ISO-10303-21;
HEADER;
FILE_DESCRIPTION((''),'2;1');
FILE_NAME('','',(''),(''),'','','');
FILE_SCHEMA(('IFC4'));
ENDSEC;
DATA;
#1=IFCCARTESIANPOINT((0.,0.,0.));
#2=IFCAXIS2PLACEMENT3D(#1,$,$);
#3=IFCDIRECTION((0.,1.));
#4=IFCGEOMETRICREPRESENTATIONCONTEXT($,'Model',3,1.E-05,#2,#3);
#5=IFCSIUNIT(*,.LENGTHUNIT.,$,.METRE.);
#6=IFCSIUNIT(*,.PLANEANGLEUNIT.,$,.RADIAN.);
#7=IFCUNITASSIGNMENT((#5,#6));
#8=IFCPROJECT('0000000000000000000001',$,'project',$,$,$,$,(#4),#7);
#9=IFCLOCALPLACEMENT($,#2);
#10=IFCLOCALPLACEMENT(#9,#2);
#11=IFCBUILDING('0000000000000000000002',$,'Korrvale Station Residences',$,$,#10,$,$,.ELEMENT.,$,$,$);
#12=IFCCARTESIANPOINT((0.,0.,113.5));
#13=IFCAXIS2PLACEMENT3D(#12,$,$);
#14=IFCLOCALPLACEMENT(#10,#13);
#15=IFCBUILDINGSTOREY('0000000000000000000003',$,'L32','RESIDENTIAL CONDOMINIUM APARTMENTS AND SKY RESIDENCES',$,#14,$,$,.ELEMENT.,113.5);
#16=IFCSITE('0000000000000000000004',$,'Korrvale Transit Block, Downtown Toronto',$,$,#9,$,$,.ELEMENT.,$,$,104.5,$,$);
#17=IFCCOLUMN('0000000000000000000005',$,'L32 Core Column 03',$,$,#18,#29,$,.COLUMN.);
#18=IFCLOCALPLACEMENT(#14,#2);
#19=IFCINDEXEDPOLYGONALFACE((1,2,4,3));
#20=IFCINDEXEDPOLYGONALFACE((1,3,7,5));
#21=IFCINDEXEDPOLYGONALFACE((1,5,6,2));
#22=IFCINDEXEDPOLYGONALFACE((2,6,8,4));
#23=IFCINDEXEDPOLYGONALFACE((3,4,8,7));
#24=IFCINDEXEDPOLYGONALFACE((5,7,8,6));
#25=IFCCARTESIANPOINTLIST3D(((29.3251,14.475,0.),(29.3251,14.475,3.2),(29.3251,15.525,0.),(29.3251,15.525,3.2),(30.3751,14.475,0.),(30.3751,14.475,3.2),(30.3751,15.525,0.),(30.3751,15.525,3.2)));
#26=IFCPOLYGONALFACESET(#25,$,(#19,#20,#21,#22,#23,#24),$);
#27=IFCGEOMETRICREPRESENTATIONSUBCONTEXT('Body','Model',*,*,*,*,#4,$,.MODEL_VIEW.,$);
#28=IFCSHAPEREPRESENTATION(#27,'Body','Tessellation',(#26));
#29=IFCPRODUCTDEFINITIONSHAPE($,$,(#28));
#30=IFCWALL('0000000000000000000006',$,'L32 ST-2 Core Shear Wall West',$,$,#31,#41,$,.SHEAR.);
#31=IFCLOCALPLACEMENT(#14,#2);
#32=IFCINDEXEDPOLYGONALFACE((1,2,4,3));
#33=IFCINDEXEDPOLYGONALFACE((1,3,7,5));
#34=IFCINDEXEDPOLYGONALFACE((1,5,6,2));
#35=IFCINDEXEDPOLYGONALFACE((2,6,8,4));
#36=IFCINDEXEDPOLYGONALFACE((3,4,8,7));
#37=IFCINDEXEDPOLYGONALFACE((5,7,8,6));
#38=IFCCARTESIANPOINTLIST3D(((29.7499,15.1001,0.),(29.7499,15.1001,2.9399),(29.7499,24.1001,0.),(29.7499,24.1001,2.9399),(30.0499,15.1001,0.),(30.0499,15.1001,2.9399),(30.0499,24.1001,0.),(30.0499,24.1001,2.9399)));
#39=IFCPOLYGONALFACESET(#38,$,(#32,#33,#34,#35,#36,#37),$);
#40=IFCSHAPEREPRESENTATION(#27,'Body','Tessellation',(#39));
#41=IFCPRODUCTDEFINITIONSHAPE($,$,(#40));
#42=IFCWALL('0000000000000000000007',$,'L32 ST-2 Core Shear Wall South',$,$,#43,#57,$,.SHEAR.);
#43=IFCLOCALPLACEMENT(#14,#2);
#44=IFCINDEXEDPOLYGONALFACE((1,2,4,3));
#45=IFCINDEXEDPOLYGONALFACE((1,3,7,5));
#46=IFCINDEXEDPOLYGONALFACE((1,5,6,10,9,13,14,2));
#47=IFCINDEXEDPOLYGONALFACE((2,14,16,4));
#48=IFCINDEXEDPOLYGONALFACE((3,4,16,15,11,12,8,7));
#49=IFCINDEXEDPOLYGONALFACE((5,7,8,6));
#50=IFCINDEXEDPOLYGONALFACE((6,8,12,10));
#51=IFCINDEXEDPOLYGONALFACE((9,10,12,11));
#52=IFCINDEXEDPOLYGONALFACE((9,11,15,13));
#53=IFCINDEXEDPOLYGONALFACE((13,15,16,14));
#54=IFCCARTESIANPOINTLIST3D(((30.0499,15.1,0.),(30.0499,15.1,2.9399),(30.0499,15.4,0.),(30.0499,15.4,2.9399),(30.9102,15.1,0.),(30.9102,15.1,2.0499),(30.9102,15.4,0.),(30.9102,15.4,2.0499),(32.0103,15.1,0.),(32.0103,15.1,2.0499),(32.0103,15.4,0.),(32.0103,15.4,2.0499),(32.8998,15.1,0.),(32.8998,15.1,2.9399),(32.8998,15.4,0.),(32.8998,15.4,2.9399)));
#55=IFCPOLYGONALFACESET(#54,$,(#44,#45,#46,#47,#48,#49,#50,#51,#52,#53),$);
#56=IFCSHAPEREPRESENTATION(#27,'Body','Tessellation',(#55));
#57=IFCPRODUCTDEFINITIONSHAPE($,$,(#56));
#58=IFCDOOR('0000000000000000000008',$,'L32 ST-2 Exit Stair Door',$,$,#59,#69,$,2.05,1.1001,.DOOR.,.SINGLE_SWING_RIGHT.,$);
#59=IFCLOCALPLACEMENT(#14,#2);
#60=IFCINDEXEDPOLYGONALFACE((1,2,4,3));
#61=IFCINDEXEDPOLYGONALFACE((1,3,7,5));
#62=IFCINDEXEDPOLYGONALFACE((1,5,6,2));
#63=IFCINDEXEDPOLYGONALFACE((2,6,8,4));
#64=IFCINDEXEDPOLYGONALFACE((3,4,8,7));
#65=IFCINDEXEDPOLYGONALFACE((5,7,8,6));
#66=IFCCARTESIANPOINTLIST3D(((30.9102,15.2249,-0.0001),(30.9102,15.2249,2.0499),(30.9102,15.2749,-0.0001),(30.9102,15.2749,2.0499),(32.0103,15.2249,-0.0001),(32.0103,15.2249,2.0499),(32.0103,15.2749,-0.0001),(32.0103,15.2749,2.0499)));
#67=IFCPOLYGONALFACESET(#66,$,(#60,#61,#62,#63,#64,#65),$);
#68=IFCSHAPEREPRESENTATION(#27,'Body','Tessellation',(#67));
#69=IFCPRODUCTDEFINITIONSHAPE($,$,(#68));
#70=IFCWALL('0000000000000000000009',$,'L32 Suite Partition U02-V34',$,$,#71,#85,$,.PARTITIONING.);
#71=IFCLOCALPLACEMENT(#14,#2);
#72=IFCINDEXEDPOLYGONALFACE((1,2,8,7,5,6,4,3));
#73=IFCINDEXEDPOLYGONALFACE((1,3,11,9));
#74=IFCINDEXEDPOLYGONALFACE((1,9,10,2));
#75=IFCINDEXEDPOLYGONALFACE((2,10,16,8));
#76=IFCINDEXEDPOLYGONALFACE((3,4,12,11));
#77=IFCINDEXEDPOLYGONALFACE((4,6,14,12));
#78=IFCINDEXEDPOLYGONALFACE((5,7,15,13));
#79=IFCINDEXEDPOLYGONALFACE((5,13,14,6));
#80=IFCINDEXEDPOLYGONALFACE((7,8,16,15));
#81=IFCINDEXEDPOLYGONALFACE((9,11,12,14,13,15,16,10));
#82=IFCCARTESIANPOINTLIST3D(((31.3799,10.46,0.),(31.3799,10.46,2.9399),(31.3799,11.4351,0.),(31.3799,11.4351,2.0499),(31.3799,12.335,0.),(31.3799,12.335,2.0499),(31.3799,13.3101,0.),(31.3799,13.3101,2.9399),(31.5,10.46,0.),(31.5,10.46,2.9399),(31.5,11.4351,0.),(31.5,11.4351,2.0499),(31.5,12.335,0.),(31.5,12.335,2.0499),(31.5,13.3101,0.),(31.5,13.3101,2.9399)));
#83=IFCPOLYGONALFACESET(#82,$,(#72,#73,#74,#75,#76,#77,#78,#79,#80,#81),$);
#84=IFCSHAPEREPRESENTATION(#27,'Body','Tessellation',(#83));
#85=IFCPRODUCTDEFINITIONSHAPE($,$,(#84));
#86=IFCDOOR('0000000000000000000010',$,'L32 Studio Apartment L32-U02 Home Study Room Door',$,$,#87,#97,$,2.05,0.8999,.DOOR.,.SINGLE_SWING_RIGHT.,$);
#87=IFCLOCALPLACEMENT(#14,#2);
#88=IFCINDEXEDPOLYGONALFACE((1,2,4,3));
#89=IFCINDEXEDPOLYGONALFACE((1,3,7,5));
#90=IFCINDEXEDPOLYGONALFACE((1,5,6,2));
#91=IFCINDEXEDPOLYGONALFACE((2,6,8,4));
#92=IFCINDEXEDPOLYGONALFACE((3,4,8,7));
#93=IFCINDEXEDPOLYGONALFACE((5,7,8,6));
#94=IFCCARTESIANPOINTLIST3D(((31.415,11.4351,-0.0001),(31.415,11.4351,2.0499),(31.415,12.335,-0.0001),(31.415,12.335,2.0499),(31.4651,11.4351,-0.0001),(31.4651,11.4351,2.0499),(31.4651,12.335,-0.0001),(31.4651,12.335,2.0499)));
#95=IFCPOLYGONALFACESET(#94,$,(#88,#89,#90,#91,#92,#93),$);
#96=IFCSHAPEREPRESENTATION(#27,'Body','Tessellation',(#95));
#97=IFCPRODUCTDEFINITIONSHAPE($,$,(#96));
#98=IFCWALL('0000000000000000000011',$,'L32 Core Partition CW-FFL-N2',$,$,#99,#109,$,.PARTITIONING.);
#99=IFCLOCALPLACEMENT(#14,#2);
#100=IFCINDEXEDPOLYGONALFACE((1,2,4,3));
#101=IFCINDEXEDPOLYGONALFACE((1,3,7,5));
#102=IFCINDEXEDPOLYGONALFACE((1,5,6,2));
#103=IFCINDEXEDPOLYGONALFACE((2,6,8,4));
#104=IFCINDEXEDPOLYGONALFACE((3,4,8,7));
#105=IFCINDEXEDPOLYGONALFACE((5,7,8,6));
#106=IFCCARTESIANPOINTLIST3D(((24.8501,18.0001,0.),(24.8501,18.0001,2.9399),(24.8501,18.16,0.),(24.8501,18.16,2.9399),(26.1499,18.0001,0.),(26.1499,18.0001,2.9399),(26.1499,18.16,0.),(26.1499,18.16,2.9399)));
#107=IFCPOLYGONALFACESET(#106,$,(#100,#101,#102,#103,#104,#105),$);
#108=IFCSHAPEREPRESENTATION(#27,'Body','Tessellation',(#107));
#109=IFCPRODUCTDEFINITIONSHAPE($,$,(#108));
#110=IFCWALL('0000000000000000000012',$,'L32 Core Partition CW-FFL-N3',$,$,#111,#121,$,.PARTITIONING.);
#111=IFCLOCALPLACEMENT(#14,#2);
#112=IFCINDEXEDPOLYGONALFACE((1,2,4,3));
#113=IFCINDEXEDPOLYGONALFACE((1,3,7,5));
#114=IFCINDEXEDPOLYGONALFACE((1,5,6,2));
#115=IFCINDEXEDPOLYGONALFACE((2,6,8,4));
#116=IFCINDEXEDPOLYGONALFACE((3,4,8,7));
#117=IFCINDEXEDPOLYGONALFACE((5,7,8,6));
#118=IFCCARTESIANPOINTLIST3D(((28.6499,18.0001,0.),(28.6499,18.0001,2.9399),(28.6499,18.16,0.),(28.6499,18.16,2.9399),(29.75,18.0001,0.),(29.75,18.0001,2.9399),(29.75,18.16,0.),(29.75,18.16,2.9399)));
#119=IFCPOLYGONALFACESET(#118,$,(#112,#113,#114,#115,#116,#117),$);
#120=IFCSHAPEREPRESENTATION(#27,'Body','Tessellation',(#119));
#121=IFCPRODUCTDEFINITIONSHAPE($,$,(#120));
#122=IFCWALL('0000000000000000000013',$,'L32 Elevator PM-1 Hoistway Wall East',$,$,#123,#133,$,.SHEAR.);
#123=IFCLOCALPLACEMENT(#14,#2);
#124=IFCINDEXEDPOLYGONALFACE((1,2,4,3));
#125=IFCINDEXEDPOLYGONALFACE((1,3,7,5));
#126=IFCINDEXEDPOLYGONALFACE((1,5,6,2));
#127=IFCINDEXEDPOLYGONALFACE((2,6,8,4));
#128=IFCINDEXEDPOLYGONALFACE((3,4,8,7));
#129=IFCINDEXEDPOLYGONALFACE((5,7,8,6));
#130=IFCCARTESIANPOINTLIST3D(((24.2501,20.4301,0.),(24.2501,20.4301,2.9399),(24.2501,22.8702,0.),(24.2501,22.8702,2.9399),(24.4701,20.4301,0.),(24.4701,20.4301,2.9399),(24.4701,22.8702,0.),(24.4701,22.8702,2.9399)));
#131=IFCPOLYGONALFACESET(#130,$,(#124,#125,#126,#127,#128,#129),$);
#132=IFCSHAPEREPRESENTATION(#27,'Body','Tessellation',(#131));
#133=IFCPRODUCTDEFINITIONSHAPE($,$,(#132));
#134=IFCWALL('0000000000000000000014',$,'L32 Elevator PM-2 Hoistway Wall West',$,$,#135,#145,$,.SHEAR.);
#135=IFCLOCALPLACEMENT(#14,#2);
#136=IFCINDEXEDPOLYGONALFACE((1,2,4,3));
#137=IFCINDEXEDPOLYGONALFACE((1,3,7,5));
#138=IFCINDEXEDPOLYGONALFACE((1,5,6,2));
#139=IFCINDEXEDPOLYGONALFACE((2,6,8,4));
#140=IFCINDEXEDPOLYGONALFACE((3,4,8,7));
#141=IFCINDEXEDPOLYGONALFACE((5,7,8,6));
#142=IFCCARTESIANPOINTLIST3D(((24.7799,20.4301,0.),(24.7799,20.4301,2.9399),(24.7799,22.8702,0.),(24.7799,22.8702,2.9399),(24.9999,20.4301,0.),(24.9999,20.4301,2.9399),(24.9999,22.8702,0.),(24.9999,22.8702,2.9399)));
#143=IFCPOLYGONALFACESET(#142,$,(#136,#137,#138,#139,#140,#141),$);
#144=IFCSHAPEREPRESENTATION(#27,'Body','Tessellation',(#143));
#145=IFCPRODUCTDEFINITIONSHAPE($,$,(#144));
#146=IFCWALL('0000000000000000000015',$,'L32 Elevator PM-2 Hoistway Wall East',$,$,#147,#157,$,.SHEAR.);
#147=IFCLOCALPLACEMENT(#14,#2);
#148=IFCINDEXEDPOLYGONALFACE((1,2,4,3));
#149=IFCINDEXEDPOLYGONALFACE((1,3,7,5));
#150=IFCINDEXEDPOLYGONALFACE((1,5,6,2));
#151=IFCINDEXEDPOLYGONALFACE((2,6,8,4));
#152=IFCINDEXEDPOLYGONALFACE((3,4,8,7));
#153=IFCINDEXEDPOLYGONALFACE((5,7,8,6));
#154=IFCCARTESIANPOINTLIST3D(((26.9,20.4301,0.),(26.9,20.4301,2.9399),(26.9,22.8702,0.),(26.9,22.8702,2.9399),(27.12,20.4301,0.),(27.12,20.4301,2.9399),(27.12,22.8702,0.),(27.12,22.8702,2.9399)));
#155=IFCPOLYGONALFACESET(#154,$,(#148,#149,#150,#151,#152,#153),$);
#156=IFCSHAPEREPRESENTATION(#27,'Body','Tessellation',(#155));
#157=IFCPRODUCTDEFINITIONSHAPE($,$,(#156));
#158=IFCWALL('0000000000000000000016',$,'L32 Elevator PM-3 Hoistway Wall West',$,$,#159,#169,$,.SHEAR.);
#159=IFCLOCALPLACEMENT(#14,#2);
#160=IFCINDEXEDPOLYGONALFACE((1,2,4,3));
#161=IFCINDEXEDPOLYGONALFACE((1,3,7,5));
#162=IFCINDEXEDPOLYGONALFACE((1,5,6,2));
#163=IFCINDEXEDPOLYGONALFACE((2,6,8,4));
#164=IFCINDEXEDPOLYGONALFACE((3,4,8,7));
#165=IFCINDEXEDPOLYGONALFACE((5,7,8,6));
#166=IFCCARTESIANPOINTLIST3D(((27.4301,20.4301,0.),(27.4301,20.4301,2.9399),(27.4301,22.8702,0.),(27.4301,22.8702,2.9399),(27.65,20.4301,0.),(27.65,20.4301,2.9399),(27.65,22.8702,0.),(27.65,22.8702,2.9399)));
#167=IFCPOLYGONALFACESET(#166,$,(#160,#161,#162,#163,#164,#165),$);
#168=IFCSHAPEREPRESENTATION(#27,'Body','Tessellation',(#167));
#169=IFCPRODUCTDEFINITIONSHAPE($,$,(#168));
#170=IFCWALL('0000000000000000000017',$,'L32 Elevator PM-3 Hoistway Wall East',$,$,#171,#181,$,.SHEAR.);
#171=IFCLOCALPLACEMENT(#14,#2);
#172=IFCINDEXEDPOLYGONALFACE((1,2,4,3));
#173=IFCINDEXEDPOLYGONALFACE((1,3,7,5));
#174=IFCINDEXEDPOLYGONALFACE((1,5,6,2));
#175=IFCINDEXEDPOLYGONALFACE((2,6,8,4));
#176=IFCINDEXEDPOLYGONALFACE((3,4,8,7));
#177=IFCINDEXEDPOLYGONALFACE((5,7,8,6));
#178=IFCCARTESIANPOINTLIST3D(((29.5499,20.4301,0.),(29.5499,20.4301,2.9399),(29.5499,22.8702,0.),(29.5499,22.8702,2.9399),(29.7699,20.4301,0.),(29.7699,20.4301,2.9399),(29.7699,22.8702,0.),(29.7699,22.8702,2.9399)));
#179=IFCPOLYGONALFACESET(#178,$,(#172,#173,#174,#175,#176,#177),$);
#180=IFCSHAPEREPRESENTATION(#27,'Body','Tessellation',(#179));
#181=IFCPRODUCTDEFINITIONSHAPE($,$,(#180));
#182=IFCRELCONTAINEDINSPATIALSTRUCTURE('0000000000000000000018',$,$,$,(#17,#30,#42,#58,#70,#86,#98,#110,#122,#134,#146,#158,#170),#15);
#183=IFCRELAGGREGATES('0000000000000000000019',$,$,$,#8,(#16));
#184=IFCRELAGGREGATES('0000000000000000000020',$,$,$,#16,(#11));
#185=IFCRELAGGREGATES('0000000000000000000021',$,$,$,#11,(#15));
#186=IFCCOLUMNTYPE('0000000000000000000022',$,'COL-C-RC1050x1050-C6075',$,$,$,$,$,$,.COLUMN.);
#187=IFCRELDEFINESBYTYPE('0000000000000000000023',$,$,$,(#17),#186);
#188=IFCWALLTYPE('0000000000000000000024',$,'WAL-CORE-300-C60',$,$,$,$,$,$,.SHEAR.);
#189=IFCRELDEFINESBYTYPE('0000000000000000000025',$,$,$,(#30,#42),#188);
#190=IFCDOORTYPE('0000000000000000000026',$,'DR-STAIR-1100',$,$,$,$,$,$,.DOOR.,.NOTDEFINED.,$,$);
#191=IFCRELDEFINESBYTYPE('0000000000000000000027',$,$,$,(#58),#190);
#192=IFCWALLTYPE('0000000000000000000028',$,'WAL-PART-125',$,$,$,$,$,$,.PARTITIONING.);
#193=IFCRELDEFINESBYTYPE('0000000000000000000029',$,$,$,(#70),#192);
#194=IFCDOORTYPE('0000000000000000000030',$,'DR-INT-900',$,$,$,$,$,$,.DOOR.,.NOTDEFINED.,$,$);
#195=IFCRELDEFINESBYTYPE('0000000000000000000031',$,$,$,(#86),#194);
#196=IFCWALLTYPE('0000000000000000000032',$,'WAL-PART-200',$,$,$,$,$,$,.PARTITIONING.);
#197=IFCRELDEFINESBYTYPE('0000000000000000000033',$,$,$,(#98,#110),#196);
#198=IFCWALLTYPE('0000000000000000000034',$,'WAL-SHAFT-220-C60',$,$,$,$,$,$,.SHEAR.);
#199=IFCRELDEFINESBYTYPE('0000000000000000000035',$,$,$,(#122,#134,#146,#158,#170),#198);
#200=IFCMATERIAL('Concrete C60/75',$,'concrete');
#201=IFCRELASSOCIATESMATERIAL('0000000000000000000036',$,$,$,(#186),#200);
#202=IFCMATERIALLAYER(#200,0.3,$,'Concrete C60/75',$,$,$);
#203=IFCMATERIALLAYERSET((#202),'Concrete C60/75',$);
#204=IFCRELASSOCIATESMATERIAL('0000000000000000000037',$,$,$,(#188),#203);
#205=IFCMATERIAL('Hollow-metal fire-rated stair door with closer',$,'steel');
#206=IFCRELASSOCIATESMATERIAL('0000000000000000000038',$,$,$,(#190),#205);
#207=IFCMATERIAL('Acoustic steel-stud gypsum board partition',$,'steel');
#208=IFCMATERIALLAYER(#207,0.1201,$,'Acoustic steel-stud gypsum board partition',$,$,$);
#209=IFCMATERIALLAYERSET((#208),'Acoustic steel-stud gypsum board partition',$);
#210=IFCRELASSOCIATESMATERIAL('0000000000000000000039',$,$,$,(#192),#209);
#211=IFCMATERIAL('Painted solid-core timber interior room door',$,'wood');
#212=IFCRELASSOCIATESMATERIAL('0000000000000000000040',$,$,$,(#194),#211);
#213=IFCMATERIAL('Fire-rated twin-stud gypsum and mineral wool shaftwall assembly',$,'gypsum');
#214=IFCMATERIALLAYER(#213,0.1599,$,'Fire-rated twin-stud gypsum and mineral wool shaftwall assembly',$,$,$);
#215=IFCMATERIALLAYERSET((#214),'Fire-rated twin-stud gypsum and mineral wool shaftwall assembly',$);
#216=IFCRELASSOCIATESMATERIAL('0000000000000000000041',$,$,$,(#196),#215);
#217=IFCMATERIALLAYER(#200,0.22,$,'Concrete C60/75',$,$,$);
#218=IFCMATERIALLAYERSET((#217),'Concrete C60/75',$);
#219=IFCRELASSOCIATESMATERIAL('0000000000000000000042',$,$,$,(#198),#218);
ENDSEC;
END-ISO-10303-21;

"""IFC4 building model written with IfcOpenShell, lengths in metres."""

from ifc_helpers import new_model, si_unit, direction, frame, frame_2d, origin, origin_2d, place, context, subcontext, project, spatial, rectangle, extrude, material, layer, layer_set, material_profile, profile_set, type_object, element, fill, save


model = new_model("IFC4")

# Units and contexts
model_context = context("Model", 3, precision=1e-05, world=origin(), true_north=direction((0.0, 1.0)))
body_context = subcontext(model_context, "Body", "Model", "MODEL_VIEW")
ifc_project = project(units=[si_unit("LENGTHUNIT", "METRE"), si_unit("PLANEANGLEUNIT", "RADIAN")], contexts=[model_context])

# Site, building, storey
site_placement = place(None, origin())
site = spatial("IfcSite", under=ifc_project, at=site_placement, Name="Korrvale Transit Block, Downtown Toronto", CompositionType="ELEMENT", RefElevation=104.5)
building_placement = place(site_placement, origin())
building = spatial("IfcBuilding", under=site, at=building_placement, Name="Korrvale Station Residences", CompositionType="ELEMENT")
storey_placement = place(building_placement, frame((0.0, 0.0, 113.5)))
storey = spatial("IfcBuildingStorey", under=building, at=storey_placement, Name="L32", Description="RESIDENTIAL CONDOMINIUM APARTMENTS AND SKY RESIDENCES", CompositionType="ELEMENT", Elevation=113.5)

# Column
ifc_material_1 = material(Name="Concrete C60/75", Category="concrete")
ifc_material_profile = material_profile(ifc_material_1, rectangle(XDim=1.05, YDim=1.05, at=origin_2d()), Name="RC1050x1050")
ifc_profile_set = profile_set([ifc_material_profile], Name="Concrete C60/75")
column_type = type_object("IfcColumnType", Name="COL-C-RC1050x1050-C6075", PredefinedType="COLUMN", material=ifc_profile_set)
column_placement = place(storey_placement, frame((29.8501, 15.0, 0.0), z_axis=(0.0, 0.0, 1.0), x_axis=(1.0, 0.0, 0.0)))
element("IfcColumn", 1, at=column_placement, inside=storey, type_object=column_type, Name="L32 Core Column 03", PredefinedType="COLUMN", context=body_context, shape_type="SweptSolid", body=[
    extrude(rectangle(XDim=1.05, YDim=1.05, at=origin_2d()), origin(), (0.0, 0.0, 1.0), 3.2),
])

# Wall
ifc_layer_1 = layer(ifc_material_1, 0.3, Name="Concrete C60/75")
ifc_layer_set_1 = layer_set([ifc_layer_1], Name="Concrete C60/75")
wall_type_1 = type_object("IfcWallType", Name="WAL-CORE-300-C60", PredefinedType="SHEAR", material=ifc_layer_set_1)
wall_1_placement = place(storey_placement, frame((29.8999, 15.1001, 0.0), z_axis=(0.0, 0.0, 1.0), x_axis=(0.0, 1.0, 0.0)))
element("IfcWall", 2, at=wall_1_placement, inside=storey, type_object=wall_type_1, Name="L32 ST-2 Core Shear Wall West", PredefinedType="SHEAR", context=body_context, shape_type="SweptSolid", body=[
    extrude(rectangle(XDim=9.0, YDim=0.3, at=frame_2d((4.5, 0.0))), origin(), (0.0, 0.0, 1.0), 2.9399),
])

# Walls, openings, doors
wall_2_placement = place(storey_placement, frame((30.05, 15.25, 0.0), z_axis=(0.0, 0.0, 1.0), x_axis=(1.0, 0.0, 0.0)))
wall_2 = element("IfcWall", 3, at=wall_2_placement, inside=storey, type_object=wall_type_1, Name="L32 ST-2 Core Shear Wall South", PredefinedType="SHEAR", context=body_context, shape_type="SweptSolid", body=[
    extrude(rectangle(XDim=2.8499, YDim=0.3, at=frame_2d((1.4248, 0.0))), origin(), (0.0, 0.0, 1.0), 2.9399),
])
opening_1_placement = place(wall_2_placement, frame((0.8601, 0.0, 0.0)))
opening_1 = element("IfcOpeningElement", 4, at=opening_1_placement, cuts=wall_2, PredefinedType="OPENING", context=body_context, shape_type="SweptSolid", body=[
    extrude(rectangle(XDim=1.1001, YDim=2.05, at=frame_2d((0.55, 1.0249))), frame((0.0, 0.1602, 0.0), z_axis=(0.0, -1.0, 0.0), x_axis=(1.0, 0.0, 0.0)), (0.0, 0.0, 1.0), 0.3201),
])
ifc_material_2 = material(Name="Hollow-metal fire-rated stair door with closer", Category="steel")
door_type_1 = type_object("IfcDoorType", Name="DR-STAIR-1100", OperationType="NOTDEFINED", PredefinedType="DOOR", material=ifc_material_2)
door_1_placement = place(opening_1_placement, origin())
door_1 = element("IfcDoor", 5, at=door_1_placement, inside=storey, type_object=door_type_1, Name="L32 ST-2 Exit Stair Door", OperationType="SINGLE_SWING_RIGHT", OverallHeight=2.05, OverallWidth=1.1001, PredefinedType="DOOR", context=body_context, shape_type="SweptSolid", body=[
    extrude(rectangle(XDim=1.1001, YDim=2.05, at=frame_2d((0.55, 1.0249))), frame((0.0, 0.0249, 0.0), z_axis=(0.0, -1.0, 0.0), x_axis=(1.0, 0.0, 0.0)), (0.0, 0.0, 1.0), 0.05),
])
fill(opening_1, door_1)
ifc_material_3 = material(Name="Acoustic steel-stud gypsum board partition", Category="steel")
ifc_layer_2 = layer(ifc_material_3, 0.1201, Name="Acoustic steel-stud gypsum board partition")
ifc_layer_set_2 = layer_set([ifc_layer_2], Name="Acoustic steel-stud gypsum board partition")
wall_type_2 = type_object("IfcWallType", Name="WAL-PART-125", PredefinedType="PARTITIONING", material=ifc_layer_set_2)
wall_3_placement = place(storey_placement, frame((31.4399, 10.46, 0.0), z_axis=(0.0, 0.0, 1.0), x_axis=(0.0, 1.0, 0.0)))
wall_3 = element("IfcWall", 6, at=wall_3_placement, inside=storey, type_object=wall_type_2, Name="L32 Suite Partition U02-V34", PredefinedType="PARTITIONING", context=body_context, shape_type="SweptSolid", body=[
    extrude(rectangle(XDim=2.8501, YDim=0.1201, at=frame_2d((1.425, 0.0))), origin(), (0.0, 0.0, 1.0), 2.9399),
])
opening_2_placement = place(wall_3_placement, frame((0.9751, 0.0, 0.0)))
opening_2 = element("IfcOpeningElement", 7, at=opening_2_placement, cuts=wall_3, PredefinedType="OPENING", context=body_context, shape_type="SweptSolid", body=[
    extrude(rectangle(XDim=0.8999, YDim=2.05, at=frame_2d((0.45, 1.0249))), frame((0.0, 0.0701, 0.0), z_axis=(0.0, -1.0, 0.0), x_axis=(1.0, 0.0, 0.0)), (0.0, 0.0, 1.0), 0.1401),
])
ifc_material_4 = material(Name="Painted solid-core timber interior room door", Category="wood")
door_type_2 = type_object("IfcDoorType", Name="DR-INT-900", OperationType="NOTDEFINED", PredefinedType="DOOR", material=ifc_material_4)
door_2_placement = place(opening_2_placement, origin())
door_2 = element("IfcDoor", 8, at=door_2_placement, inside=storey, type_object=door_type_2, Name="L32 Studio Apartment L32-U02 Home Study Room Door", OperationType="SINGLE_SWING_RIGHT", OverallHeight=2.05, OverallWidth=0.8999, PredefinedType="DOOR", context=body_context, shape_type="SweptSolid", body=[
    extrude(rectangle(XDim=0.8999, YDim=2.05, at=frame_2d((0.45, 1.0249))), frame((0.0, 0.0249, 0.0), z_axis=(0.0, -1.0, 0.0), x_axis=(1.0, 0.0, 0.0)), (0.0, 0.0, 1.0), 0.05),
])
fill(opening_2, door_2)

# Walls
ifc_material_5 = material(Name="Fire-rated twin-stud gypsum and mineral wool shaftwall assembly", Category="gypsum")
ifc_layer_3 = layer(ifc_material_5, 0.1599, Name="Fire-rated twin-stud gypsum and mineral wool shaftwall assembly")
ifc_layer_set_3 = layer_set([ifc_layer_3], Name="Fire-rated twin-stud gypsum and mineral wool shaftwall assembly")
wall_type_3 = type_object("IfcWallType", Name="WAL-PART-200", PredefinedType="PARTITIONING", material=ifc_layer_set_3)
wall_4_placement = place(storey_placement, frame((24.8501, 18.0801, 0.0), z_axis=(0.0, 0.0, 1.0), x_axis=(1.0, 0.0, 0.0)))
element("IfcWall", 9, at=wall_4_placement, inside=storey, type_object=wall_type_3, Name="L32 Core Partition CW-FFL-N2", PredefinedType="PARTITIONING", context=body_context, shape_type="SweptSolid", body=[
    extrude(rectangle(XDim=1.2998, YDim=0.1599, at=frame_2d((0.6499, 0.0))), origin(), (0.0, 0.0, 1.0), 2.9399),
])
wall_5_placement = place(storey_placement, frame((28.6499, 18.0801, 0.0), z_axis=(0.0, 0.0, 1.0), x_axis=(1.0, 0.0, 0.0)))
element("IfcWall", 10, at=wall_5_placement, inside=storey, type_object=wall_type_3, Name="L32 Core Partition CW-FFL-N3", PredefinedType="PARTITIONING", context=body_context, shape_type="SweptSolid", body=[
    extrude(rectangle(XDim=1.1001, YDim=0.1599, at=frame_2d((0.55, 0.0))), origin(), (0.0, 0.0, 1.0), 2.9399),
])
ifc_layer_4 = layer(ifc_material_1, 0.22, Name="Concrete C60/75")
ifc_layer_set_4 = layer_set([ifc_layer_4], Name="Concrete C60/75")
wall_type_4 = type_object("IfcWallType", Name="WAL-SHAFT-220-C60", PredefinedType="SHEAR", material=ifc_layer_set_4)
for number, where, z_axis, x_axis, name in (
    (11, (24.3601, 20.4299, 0.0), (0.0, 0.0, 1.0), (0.0, 1.0, 0.0), "L32 Elevator PM-1 Hoistway Wall East"),
    (12, (24.8899, 20.4299, 0.0), (0.0, 0.0, 1.0), (0.0, 1.0, 0.0), "L32 Elevator PM-2 Hoistway Wall West"),
    (13, (27.01, 20.4299, 0.0), (0.0, 0.0, 1.0), (0.0, 1.0, 0.0), "L32 Elevator PM-2 Hoistway Wall East"),
    (14, (27.54, 20.4299, 0.0), (0.0, 0.0, 1.0), (0.0, 1.0, 0.0), "L32 Elevator PM-3 Hoistway Wall West"),
    (15, (29.6599, 20.4299, 0.0), (0.0, 0.0, 1.0), (0.0, 1.0, 0.0), "L32 Elevator PM-3 Hoistway Wall East"),
):
    element("IfcWall", number, at=place(storey_placement, frame(where, z_axis=z_axis, x_axis=x_axis)), inside=storey, type_object=wall_type_4, Name=name, PredefinedType="SHEAR", context=body_context, shape_type="SweptSolid", body=[
        extrude(rectangle(XDim=2.4402, YDim=0.22, at=frame_2d((1.2202, 0.0))), origin(), (0.0, 0.0, 1.0), 2.9399),
    ])

save(model, "model.ifc")
